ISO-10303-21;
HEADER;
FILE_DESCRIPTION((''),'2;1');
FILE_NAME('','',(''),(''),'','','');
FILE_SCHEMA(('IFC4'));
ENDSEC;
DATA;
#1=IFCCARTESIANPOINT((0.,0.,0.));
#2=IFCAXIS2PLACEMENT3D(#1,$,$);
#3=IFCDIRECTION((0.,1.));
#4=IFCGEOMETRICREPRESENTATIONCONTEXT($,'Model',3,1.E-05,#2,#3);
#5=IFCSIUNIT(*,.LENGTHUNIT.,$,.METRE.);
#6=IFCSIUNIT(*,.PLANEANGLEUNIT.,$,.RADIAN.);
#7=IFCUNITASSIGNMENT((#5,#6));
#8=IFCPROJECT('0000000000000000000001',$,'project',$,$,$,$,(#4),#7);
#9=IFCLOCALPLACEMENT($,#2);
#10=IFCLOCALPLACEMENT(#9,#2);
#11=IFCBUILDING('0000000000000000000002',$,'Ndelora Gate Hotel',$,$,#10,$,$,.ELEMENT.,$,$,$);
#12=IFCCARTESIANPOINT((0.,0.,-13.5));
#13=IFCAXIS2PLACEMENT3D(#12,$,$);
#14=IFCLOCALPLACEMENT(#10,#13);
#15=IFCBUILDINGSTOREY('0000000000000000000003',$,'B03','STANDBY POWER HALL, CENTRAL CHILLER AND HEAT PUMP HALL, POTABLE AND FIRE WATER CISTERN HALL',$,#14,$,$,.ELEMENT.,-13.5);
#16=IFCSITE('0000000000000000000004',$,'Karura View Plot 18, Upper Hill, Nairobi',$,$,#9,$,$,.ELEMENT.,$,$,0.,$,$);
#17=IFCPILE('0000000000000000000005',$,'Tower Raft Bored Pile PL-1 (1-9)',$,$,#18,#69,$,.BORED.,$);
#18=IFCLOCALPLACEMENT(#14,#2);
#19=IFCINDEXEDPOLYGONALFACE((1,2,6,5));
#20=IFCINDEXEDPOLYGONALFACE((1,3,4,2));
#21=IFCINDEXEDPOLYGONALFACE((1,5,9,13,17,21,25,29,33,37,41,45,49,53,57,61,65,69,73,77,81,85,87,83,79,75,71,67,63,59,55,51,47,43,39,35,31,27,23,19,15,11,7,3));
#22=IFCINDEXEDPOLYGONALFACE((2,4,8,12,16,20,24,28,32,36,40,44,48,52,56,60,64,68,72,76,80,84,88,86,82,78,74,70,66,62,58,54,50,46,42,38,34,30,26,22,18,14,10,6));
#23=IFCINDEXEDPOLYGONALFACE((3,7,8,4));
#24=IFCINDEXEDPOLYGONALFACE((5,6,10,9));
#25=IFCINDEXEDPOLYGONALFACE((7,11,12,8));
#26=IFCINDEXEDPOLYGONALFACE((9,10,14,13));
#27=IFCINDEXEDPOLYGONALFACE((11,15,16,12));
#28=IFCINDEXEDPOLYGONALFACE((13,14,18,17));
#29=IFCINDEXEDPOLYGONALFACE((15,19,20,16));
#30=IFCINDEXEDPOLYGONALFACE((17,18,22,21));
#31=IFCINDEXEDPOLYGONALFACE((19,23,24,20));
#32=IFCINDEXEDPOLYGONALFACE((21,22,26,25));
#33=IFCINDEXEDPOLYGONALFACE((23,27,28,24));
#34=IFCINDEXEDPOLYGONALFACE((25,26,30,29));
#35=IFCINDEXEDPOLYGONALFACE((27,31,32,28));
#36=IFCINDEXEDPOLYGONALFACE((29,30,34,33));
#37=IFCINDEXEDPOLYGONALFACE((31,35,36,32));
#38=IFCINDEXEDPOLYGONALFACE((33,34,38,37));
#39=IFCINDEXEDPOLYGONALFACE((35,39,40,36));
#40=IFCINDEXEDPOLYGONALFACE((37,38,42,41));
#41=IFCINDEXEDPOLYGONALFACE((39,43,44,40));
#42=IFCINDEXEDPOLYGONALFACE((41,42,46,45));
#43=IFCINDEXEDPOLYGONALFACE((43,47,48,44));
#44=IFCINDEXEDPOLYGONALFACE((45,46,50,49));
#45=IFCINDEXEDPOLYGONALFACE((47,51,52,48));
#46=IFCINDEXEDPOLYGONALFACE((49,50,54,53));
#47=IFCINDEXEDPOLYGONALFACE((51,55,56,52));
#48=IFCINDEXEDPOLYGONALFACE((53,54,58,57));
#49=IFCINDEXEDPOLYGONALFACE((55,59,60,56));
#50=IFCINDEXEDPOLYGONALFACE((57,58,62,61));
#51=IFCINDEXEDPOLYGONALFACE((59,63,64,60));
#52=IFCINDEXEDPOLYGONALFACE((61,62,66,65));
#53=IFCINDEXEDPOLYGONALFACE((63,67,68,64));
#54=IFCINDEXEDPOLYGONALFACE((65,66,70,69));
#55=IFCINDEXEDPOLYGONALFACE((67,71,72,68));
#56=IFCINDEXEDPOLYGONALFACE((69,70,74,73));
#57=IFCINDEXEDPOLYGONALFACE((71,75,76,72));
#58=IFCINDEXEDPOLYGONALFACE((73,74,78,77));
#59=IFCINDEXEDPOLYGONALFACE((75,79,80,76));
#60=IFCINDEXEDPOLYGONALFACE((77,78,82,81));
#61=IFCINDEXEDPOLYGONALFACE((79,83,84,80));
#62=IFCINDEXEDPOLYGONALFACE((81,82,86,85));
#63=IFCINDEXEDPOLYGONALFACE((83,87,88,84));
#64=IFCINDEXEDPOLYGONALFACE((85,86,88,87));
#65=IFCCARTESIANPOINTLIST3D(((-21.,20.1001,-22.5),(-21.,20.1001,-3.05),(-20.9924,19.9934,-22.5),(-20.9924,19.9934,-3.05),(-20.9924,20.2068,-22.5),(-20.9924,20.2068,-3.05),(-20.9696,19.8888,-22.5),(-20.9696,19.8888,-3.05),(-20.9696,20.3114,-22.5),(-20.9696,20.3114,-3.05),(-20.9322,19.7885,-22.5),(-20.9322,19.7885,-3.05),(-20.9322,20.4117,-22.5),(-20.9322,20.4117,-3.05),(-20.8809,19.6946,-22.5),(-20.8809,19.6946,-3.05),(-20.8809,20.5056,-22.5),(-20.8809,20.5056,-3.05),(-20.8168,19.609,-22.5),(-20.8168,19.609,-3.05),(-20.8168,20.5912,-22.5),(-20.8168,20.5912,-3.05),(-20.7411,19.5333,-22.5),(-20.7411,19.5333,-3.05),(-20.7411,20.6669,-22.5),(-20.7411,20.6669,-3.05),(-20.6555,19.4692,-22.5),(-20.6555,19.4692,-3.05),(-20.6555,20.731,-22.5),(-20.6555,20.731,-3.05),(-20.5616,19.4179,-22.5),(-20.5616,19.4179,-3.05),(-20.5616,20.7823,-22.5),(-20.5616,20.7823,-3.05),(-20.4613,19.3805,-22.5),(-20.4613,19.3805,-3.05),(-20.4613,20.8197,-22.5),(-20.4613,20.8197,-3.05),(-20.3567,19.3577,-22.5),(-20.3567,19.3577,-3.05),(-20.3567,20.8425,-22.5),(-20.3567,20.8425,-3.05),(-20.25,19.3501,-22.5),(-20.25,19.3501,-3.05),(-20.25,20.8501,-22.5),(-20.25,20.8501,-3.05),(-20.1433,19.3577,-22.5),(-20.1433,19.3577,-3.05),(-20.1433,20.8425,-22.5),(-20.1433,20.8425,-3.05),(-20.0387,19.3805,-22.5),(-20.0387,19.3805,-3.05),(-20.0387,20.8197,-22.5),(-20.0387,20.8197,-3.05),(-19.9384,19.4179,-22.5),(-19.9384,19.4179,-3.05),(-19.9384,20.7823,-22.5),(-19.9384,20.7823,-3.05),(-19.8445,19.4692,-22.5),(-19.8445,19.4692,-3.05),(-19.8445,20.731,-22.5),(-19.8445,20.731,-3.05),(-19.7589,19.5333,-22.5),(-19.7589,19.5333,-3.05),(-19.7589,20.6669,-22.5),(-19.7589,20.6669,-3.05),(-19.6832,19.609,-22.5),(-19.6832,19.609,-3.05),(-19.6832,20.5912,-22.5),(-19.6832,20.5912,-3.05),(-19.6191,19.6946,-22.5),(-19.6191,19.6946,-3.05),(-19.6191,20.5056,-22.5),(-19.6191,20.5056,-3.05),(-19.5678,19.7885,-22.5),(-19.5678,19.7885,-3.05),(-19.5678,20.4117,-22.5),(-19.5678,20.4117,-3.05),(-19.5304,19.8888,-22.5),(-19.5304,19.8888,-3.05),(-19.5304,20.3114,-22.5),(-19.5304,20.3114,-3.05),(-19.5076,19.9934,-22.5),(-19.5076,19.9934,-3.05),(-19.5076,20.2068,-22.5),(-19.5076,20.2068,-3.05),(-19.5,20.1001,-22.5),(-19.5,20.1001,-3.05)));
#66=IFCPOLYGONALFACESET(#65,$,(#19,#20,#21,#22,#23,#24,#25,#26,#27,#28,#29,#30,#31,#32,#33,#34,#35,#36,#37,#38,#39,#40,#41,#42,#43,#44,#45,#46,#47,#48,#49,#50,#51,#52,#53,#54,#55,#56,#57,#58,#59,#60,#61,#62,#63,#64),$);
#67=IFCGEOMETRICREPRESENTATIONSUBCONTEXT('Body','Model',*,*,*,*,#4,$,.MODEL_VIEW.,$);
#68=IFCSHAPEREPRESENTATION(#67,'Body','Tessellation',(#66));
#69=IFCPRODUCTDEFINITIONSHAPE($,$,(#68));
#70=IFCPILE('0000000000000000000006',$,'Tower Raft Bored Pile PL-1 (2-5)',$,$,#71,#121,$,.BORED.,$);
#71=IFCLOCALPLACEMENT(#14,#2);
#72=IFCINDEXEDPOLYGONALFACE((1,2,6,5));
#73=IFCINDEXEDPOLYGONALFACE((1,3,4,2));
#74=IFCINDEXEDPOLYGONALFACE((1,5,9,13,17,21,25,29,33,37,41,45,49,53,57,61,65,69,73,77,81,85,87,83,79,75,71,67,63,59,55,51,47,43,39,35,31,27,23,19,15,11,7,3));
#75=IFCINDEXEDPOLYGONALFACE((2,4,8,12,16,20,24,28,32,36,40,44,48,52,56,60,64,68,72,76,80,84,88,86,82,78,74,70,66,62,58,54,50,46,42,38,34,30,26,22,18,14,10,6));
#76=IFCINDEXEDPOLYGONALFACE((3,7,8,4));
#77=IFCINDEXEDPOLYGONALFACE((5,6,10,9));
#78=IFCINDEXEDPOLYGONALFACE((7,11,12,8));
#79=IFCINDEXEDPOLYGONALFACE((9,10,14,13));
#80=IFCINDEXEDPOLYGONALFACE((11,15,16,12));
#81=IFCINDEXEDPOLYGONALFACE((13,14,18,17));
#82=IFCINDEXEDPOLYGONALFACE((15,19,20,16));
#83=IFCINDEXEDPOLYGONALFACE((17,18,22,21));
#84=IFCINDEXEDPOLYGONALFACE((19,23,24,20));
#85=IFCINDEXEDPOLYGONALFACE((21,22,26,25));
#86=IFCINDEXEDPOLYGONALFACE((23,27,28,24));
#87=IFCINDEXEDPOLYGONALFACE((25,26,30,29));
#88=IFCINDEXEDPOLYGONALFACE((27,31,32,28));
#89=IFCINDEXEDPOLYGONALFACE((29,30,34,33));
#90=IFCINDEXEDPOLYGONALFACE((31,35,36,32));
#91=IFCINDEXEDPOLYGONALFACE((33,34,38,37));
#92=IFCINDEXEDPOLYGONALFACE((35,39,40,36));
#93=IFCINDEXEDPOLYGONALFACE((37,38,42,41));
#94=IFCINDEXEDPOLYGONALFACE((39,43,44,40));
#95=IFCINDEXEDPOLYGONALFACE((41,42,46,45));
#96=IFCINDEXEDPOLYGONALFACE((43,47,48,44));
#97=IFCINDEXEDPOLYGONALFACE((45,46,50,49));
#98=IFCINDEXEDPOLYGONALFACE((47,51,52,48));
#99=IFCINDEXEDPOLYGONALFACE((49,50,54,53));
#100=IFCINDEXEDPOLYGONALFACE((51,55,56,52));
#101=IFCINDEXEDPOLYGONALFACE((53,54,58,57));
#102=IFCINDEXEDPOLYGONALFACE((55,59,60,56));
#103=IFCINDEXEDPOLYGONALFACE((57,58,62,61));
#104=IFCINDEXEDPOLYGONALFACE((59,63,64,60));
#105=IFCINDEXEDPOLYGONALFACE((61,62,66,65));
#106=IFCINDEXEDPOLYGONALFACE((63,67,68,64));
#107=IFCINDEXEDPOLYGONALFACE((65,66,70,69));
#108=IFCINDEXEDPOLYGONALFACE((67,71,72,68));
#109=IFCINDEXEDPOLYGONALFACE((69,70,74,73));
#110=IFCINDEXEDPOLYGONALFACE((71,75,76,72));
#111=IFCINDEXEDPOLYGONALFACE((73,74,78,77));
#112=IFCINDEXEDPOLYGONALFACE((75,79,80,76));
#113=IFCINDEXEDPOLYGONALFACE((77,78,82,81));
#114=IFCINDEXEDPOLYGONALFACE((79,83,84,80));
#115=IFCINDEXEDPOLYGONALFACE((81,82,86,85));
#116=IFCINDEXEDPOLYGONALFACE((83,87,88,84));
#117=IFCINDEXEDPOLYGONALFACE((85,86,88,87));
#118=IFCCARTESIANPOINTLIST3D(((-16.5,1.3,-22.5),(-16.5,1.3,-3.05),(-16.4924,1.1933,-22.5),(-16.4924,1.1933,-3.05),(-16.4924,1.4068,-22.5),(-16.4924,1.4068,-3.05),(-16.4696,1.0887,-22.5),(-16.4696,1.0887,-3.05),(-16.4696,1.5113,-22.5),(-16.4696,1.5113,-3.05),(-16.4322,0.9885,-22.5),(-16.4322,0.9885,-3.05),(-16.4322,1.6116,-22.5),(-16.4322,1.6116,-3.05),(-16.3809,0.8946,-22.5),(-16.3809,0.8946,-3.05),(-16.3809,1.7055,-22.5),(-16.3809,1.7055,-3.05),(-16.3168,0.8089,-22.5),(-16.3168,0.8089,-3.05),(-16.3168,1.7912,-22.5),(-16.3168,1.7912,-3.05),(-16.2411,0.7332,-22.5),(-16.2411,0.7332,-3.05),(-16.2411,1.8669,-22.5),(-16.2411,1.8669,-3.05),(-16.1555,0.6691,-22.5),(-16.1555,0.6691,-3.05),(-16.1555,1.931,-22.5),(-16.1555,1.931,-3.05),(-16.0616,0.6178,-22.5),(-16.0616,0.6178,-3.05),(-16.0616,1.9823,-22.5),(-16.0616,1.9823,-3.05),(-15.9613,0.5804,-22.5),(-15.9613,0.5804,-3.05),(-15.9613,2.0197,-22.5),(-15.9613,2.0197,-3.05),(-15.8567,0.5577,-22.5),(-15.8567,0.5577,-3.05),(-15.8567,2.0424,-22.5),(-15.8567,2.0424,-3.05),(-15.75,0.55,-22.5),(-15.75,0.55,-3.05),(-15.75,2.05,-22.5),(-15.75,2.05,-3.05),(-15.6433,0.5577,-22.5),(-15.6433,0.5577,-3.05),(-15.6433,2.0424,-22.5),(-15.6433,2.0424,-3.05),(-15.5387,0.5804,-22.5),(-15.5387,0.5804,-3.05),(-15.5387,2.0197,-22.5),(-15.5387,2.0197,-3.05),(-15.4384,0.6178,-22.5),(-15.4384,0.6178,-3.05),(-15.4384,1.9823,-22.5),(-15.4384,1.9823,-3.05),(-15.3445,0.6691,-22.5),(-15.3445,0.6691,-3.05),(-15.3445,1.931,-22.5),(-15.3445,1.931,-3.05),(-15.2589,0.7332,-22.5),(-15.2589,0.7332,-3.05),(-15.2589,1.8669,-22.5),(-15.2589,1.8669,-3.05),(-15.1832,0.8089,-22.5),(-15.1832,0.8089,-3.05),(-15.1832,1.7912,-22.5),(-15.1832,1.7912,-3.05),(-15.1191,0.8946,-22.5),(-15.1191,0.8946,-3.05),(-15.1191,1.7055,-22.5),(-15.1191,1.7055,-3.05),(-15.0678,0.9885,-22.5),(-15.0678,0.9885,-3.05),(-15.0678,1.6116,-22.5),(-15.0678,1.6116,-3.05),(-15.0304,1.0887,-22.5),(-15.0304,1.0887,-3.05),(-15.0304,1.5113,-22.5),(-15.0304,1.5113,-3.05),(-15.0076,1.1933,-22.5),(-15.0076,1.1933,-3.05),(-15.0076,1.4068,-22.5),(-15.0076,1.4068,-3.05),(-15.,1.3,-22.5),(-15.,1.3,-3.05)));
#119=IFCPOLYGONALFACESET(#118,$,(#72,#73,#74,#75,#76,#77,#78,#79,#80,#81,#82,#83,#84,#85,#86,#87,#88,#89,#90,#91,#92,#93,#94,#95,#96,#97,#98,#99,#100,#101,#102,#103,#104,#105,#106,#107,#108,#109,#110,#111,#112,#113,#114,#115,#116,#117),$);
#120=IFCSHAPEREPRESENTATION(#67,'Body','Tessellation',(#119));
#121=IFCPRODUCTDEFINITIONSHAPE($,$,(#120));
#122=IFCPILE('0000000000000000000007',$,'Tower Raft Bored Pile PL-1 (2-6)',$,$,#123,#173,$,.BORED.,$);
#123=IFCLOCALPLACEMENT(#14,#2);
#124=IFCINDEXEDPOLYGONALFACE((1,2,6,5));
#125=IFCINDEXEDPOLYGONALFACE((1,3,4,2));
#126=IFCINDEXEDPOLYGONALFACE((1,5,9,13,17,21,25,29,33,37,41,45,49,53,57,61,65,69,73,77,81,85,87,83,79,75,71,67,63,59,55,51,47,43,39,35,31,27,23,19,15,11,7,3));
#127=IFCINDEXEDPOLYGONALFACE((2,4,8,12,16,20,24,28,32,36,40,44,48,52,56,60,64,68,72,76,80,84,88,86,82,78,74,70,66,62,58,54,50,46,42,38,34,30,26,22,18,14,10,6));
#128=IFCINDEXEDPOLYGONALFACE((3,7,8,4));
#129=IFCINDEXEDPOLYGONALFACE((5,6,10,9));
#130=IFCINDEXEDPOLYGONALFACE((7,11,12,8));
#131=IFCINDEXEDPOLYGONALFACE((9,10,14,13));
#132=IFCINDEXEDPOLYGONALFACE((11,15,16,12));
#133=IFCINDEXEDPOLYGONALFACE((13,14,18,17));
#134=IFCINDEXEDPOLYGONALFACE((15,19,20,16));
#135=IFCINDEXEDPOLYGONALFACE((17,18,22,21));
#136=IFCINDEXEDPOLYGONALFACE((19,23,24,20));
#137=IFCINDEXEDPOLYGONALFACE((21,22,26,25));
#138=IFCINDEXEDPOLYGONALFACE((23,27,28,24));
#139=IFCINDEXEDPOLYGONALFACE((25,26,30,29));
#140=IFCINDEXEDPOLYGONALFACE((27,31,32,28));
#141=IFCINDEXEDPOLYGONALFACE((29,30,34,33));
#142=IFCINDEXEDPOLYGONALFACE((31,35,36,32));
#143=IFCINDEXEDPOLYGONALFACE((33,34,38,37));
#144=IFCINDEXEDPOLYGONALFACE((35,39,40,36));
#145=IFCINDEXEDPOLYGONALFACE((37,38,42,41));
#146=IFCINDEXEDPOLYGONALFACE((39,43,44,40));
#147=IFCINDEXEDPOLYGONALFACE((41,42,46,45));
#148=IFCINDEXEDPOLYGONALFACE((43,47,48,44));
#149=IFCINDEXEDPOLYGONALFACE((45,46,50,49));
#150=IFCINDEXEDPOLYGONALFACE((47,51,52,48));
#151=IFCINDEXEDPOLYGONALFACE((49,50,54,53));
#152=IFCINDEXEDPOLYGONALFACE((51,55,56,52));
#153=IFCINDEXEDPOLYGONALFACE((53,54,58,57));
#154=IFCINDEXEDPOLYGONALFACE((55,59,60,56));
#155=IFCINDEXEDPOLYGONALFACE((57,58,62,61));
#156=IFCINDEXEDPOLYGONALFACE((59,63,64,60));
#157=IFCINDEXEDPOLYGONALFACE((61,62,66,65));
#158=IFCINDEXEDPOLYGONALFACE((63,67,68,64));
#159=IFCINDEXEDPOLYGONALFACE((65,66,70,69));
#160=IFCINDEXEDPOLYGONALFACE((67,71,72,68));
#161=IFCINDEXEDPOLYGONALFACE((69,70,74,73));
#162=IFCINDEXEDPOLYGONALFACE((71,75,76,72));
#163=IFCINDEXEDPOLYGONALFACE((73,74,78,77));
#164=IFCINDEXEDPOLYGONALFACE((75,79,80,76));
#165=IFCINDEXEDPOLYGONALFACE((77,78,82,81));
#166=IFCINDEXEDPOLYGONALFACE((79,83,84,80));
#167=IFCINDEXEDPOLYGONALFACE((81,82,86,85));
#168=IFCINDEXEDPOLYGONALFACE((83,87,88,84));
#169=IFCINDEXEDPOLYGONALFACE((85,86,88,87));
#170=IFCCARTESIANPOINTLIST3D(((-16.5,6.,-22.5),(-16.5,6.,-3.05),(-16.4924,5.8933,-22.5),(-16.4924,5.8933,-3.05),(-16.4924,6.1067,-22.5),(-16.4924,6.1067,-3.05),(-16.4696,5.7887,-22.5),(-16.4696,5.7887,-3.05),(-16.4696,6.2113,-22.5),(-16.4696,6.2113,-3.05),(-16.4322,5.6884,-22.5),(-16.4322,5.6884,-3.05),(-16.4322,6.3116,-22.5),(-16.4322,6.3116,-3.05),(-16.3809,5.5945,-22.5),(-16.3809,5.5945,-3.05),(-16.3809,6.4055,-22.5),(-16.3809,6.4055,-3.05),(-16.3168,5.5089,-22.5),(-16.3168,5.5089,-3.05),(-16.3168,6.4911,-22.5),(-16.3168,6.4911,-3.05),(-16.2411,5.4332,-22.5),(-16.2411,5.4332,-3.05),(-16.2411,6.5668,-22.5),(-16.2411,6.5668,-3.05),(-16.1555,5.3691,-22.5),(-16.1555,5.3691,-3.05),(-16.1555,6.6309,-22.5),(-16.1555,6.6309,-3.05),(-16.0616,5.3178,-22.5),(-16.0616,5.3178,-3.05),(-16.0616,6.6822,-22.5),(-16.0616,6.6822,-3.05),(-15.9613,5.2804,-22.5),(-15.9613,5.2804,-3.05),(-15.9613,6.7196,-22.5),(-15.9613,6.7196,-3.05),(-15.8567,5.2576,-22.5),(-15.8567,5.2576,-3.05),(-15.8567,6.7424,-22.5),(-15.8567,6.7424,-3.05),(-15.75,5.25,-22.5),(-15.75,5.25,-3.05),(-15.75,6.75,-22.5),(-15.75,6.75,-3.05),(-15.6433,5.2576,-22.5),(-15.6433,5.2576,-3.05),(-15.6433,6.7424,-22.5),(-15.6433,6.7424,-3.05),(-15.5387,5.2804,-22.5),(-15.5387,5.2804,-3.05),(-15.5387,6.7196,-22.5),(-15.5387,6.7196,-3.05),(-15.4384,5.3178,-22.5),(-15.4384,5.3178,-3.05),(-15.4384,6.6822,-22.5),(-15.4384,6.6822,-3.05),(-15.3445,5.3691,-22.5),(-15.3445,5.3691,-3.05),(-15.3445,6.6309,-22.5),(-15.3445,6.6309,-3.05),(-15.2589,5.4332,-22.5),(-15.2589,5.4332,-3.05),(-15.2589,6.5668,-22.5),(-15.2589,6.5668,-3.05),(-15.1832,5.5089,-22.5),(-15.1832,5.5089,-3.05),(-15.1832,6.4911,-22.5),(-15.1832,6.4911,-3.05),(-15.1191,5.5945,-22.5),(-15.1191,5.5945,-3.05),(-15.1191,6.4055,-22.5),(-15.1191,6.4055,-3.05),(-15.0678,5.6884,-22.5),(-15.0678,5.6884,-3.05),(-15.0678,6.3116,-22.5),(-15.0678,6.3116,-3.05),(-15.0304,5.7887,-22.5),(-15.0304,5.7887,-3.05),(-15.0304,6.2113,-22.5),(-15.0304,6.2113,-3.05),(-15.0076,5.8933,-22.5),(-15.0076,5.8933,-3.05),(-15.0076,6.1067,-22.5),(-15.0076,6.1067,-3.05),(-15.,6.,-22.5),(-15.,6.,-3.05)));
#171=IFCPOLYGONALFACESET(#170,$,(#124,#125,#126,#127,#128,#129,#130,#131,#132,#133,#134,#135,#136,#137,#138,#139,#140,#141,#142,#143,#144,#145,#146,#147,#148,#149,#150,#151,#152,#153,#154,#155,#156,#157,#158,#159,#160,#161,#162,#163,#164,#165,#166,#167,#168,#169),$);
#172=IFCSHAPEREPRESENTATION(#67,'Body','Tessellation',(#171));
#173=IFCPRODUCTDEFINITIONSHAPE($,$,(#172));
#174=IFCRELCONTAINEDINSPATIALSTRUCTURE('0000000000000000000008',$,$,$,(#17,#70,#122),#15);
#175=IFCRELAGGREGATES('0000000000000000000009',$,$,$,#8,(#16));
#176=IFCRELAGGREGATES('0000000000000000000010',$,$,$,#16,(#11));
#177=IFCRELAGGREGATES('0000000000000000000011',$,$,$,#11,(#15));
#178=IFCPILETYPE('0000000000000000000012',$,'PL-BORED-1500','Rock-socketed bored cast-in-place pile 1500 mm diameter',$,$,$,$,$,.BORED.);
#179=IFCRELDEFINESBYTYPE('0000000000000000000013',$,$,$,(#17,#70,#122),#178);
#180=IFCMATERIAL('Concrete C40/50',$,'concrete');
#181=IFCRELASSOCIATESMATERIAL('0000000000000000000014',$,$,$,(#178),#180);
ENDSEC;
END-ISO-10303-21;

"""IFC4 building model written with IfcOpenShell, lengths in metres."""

from ifc_helpers import new_model, si_unit, direction, frame, origin, origin_2d, place, context, subcontext, project, spatial, circle, extrude, material, material_profile, profile_set, type_object, element, save


model = new_model("IFC4")

# Units and contexts
model_context = context("Model", 3, precision=1e-05, world=origin(), true_north=direction((0.0, 1.0)))
body_context = subcontext(model_context, "Body", "Model", "MODEL_VIEW")
ifc_project = project(units=[si_unit("LENGTHUNIT", "METRE"), si_unit("PLANEANGLEUNIT", "RADIAN")], contexts=[model_context])

# Site, building, storey
site_placement = place(None, origin())
site = spatial("IfcSite", under=ifc_project, at=site_placement, Name="Karura View Plot 18, Upper Hill, Nairobi", CompositionType="ELEMENT", RefElevation=0.0)
building_placement = place(site_placement, origin())
building = spatial("IfcBuilding", under=site, at=building_placement, Name="Ndelora Gate Hotel", CompositionType="ELEMENT")
storey_placement = place(building_placement, frame((0.0, 0.0, -13.5)))
storey = spatial("IfcBuildingStorey", under=building, at=storey_placement, Name="B03", Description="STANDBY POWER HALL, CENTRAL CHILLER AND HEAT PUMP HALL, POTABLE AND FIRE WATER CISTERN HALL", CompositionType="ELEMENT", Elevation=-13.5)

# Piles
ifc_material_1 = material(Name="Concrete C40/50", Category="concrete")
ifc_material_profile_1 = material_profile(ifc_material_1, circle(Radius=0.75, at=origin_2d()), Name="PILE D1500")
ifc_profile_set_1 = profile_set([ifc_material_profile_1], Name="Concrete C40/50")
pile_type = type_object("IfcPileType", Name="PL-BORED-1500", Description="Rock-socketed bored cast-in-place pile 1500 mm diameter", PredefinedType="BORED", material=ifc_profile_set_1)
for number, where, z_axis, x_axis, name in (
    (1, (-20.25, 20.1001, -3.05), (0.0, 0.0, -1.0), (1.0, 0.0, 0.0), "Tower Raft Bored Pile PL-1 (1-9)"),
    (2, (-15.75, 1.3, -3.05), (0.0, 0.0, -1.0), (1.0, 0.0, 0.0), "Tower Raft Bored Pile PL-1 (2-5)"),
    (3, (-15.75, 6.0, -3.05), (0.0, 0.0, -1.0), (1.0, 0.0, 0.0), "Tower Raft Bored Pile PL-1 (2-6)"),
):
    element("IfcPile", number, at=place(storey_placement, frame(where, z_axis=z_axis, x_axis=x_axis)), inside=storey, type_object=pile_type, Name=name, PredefinedType="BORED", context=body_context, shape_type="SweptSolid", body=[
        extrude(circle(Radius=0.75, at=origin_2d()), origin(), (0.0, 0.0, 1.0), 19.45),
    ])

save(model, "model.ifc")
